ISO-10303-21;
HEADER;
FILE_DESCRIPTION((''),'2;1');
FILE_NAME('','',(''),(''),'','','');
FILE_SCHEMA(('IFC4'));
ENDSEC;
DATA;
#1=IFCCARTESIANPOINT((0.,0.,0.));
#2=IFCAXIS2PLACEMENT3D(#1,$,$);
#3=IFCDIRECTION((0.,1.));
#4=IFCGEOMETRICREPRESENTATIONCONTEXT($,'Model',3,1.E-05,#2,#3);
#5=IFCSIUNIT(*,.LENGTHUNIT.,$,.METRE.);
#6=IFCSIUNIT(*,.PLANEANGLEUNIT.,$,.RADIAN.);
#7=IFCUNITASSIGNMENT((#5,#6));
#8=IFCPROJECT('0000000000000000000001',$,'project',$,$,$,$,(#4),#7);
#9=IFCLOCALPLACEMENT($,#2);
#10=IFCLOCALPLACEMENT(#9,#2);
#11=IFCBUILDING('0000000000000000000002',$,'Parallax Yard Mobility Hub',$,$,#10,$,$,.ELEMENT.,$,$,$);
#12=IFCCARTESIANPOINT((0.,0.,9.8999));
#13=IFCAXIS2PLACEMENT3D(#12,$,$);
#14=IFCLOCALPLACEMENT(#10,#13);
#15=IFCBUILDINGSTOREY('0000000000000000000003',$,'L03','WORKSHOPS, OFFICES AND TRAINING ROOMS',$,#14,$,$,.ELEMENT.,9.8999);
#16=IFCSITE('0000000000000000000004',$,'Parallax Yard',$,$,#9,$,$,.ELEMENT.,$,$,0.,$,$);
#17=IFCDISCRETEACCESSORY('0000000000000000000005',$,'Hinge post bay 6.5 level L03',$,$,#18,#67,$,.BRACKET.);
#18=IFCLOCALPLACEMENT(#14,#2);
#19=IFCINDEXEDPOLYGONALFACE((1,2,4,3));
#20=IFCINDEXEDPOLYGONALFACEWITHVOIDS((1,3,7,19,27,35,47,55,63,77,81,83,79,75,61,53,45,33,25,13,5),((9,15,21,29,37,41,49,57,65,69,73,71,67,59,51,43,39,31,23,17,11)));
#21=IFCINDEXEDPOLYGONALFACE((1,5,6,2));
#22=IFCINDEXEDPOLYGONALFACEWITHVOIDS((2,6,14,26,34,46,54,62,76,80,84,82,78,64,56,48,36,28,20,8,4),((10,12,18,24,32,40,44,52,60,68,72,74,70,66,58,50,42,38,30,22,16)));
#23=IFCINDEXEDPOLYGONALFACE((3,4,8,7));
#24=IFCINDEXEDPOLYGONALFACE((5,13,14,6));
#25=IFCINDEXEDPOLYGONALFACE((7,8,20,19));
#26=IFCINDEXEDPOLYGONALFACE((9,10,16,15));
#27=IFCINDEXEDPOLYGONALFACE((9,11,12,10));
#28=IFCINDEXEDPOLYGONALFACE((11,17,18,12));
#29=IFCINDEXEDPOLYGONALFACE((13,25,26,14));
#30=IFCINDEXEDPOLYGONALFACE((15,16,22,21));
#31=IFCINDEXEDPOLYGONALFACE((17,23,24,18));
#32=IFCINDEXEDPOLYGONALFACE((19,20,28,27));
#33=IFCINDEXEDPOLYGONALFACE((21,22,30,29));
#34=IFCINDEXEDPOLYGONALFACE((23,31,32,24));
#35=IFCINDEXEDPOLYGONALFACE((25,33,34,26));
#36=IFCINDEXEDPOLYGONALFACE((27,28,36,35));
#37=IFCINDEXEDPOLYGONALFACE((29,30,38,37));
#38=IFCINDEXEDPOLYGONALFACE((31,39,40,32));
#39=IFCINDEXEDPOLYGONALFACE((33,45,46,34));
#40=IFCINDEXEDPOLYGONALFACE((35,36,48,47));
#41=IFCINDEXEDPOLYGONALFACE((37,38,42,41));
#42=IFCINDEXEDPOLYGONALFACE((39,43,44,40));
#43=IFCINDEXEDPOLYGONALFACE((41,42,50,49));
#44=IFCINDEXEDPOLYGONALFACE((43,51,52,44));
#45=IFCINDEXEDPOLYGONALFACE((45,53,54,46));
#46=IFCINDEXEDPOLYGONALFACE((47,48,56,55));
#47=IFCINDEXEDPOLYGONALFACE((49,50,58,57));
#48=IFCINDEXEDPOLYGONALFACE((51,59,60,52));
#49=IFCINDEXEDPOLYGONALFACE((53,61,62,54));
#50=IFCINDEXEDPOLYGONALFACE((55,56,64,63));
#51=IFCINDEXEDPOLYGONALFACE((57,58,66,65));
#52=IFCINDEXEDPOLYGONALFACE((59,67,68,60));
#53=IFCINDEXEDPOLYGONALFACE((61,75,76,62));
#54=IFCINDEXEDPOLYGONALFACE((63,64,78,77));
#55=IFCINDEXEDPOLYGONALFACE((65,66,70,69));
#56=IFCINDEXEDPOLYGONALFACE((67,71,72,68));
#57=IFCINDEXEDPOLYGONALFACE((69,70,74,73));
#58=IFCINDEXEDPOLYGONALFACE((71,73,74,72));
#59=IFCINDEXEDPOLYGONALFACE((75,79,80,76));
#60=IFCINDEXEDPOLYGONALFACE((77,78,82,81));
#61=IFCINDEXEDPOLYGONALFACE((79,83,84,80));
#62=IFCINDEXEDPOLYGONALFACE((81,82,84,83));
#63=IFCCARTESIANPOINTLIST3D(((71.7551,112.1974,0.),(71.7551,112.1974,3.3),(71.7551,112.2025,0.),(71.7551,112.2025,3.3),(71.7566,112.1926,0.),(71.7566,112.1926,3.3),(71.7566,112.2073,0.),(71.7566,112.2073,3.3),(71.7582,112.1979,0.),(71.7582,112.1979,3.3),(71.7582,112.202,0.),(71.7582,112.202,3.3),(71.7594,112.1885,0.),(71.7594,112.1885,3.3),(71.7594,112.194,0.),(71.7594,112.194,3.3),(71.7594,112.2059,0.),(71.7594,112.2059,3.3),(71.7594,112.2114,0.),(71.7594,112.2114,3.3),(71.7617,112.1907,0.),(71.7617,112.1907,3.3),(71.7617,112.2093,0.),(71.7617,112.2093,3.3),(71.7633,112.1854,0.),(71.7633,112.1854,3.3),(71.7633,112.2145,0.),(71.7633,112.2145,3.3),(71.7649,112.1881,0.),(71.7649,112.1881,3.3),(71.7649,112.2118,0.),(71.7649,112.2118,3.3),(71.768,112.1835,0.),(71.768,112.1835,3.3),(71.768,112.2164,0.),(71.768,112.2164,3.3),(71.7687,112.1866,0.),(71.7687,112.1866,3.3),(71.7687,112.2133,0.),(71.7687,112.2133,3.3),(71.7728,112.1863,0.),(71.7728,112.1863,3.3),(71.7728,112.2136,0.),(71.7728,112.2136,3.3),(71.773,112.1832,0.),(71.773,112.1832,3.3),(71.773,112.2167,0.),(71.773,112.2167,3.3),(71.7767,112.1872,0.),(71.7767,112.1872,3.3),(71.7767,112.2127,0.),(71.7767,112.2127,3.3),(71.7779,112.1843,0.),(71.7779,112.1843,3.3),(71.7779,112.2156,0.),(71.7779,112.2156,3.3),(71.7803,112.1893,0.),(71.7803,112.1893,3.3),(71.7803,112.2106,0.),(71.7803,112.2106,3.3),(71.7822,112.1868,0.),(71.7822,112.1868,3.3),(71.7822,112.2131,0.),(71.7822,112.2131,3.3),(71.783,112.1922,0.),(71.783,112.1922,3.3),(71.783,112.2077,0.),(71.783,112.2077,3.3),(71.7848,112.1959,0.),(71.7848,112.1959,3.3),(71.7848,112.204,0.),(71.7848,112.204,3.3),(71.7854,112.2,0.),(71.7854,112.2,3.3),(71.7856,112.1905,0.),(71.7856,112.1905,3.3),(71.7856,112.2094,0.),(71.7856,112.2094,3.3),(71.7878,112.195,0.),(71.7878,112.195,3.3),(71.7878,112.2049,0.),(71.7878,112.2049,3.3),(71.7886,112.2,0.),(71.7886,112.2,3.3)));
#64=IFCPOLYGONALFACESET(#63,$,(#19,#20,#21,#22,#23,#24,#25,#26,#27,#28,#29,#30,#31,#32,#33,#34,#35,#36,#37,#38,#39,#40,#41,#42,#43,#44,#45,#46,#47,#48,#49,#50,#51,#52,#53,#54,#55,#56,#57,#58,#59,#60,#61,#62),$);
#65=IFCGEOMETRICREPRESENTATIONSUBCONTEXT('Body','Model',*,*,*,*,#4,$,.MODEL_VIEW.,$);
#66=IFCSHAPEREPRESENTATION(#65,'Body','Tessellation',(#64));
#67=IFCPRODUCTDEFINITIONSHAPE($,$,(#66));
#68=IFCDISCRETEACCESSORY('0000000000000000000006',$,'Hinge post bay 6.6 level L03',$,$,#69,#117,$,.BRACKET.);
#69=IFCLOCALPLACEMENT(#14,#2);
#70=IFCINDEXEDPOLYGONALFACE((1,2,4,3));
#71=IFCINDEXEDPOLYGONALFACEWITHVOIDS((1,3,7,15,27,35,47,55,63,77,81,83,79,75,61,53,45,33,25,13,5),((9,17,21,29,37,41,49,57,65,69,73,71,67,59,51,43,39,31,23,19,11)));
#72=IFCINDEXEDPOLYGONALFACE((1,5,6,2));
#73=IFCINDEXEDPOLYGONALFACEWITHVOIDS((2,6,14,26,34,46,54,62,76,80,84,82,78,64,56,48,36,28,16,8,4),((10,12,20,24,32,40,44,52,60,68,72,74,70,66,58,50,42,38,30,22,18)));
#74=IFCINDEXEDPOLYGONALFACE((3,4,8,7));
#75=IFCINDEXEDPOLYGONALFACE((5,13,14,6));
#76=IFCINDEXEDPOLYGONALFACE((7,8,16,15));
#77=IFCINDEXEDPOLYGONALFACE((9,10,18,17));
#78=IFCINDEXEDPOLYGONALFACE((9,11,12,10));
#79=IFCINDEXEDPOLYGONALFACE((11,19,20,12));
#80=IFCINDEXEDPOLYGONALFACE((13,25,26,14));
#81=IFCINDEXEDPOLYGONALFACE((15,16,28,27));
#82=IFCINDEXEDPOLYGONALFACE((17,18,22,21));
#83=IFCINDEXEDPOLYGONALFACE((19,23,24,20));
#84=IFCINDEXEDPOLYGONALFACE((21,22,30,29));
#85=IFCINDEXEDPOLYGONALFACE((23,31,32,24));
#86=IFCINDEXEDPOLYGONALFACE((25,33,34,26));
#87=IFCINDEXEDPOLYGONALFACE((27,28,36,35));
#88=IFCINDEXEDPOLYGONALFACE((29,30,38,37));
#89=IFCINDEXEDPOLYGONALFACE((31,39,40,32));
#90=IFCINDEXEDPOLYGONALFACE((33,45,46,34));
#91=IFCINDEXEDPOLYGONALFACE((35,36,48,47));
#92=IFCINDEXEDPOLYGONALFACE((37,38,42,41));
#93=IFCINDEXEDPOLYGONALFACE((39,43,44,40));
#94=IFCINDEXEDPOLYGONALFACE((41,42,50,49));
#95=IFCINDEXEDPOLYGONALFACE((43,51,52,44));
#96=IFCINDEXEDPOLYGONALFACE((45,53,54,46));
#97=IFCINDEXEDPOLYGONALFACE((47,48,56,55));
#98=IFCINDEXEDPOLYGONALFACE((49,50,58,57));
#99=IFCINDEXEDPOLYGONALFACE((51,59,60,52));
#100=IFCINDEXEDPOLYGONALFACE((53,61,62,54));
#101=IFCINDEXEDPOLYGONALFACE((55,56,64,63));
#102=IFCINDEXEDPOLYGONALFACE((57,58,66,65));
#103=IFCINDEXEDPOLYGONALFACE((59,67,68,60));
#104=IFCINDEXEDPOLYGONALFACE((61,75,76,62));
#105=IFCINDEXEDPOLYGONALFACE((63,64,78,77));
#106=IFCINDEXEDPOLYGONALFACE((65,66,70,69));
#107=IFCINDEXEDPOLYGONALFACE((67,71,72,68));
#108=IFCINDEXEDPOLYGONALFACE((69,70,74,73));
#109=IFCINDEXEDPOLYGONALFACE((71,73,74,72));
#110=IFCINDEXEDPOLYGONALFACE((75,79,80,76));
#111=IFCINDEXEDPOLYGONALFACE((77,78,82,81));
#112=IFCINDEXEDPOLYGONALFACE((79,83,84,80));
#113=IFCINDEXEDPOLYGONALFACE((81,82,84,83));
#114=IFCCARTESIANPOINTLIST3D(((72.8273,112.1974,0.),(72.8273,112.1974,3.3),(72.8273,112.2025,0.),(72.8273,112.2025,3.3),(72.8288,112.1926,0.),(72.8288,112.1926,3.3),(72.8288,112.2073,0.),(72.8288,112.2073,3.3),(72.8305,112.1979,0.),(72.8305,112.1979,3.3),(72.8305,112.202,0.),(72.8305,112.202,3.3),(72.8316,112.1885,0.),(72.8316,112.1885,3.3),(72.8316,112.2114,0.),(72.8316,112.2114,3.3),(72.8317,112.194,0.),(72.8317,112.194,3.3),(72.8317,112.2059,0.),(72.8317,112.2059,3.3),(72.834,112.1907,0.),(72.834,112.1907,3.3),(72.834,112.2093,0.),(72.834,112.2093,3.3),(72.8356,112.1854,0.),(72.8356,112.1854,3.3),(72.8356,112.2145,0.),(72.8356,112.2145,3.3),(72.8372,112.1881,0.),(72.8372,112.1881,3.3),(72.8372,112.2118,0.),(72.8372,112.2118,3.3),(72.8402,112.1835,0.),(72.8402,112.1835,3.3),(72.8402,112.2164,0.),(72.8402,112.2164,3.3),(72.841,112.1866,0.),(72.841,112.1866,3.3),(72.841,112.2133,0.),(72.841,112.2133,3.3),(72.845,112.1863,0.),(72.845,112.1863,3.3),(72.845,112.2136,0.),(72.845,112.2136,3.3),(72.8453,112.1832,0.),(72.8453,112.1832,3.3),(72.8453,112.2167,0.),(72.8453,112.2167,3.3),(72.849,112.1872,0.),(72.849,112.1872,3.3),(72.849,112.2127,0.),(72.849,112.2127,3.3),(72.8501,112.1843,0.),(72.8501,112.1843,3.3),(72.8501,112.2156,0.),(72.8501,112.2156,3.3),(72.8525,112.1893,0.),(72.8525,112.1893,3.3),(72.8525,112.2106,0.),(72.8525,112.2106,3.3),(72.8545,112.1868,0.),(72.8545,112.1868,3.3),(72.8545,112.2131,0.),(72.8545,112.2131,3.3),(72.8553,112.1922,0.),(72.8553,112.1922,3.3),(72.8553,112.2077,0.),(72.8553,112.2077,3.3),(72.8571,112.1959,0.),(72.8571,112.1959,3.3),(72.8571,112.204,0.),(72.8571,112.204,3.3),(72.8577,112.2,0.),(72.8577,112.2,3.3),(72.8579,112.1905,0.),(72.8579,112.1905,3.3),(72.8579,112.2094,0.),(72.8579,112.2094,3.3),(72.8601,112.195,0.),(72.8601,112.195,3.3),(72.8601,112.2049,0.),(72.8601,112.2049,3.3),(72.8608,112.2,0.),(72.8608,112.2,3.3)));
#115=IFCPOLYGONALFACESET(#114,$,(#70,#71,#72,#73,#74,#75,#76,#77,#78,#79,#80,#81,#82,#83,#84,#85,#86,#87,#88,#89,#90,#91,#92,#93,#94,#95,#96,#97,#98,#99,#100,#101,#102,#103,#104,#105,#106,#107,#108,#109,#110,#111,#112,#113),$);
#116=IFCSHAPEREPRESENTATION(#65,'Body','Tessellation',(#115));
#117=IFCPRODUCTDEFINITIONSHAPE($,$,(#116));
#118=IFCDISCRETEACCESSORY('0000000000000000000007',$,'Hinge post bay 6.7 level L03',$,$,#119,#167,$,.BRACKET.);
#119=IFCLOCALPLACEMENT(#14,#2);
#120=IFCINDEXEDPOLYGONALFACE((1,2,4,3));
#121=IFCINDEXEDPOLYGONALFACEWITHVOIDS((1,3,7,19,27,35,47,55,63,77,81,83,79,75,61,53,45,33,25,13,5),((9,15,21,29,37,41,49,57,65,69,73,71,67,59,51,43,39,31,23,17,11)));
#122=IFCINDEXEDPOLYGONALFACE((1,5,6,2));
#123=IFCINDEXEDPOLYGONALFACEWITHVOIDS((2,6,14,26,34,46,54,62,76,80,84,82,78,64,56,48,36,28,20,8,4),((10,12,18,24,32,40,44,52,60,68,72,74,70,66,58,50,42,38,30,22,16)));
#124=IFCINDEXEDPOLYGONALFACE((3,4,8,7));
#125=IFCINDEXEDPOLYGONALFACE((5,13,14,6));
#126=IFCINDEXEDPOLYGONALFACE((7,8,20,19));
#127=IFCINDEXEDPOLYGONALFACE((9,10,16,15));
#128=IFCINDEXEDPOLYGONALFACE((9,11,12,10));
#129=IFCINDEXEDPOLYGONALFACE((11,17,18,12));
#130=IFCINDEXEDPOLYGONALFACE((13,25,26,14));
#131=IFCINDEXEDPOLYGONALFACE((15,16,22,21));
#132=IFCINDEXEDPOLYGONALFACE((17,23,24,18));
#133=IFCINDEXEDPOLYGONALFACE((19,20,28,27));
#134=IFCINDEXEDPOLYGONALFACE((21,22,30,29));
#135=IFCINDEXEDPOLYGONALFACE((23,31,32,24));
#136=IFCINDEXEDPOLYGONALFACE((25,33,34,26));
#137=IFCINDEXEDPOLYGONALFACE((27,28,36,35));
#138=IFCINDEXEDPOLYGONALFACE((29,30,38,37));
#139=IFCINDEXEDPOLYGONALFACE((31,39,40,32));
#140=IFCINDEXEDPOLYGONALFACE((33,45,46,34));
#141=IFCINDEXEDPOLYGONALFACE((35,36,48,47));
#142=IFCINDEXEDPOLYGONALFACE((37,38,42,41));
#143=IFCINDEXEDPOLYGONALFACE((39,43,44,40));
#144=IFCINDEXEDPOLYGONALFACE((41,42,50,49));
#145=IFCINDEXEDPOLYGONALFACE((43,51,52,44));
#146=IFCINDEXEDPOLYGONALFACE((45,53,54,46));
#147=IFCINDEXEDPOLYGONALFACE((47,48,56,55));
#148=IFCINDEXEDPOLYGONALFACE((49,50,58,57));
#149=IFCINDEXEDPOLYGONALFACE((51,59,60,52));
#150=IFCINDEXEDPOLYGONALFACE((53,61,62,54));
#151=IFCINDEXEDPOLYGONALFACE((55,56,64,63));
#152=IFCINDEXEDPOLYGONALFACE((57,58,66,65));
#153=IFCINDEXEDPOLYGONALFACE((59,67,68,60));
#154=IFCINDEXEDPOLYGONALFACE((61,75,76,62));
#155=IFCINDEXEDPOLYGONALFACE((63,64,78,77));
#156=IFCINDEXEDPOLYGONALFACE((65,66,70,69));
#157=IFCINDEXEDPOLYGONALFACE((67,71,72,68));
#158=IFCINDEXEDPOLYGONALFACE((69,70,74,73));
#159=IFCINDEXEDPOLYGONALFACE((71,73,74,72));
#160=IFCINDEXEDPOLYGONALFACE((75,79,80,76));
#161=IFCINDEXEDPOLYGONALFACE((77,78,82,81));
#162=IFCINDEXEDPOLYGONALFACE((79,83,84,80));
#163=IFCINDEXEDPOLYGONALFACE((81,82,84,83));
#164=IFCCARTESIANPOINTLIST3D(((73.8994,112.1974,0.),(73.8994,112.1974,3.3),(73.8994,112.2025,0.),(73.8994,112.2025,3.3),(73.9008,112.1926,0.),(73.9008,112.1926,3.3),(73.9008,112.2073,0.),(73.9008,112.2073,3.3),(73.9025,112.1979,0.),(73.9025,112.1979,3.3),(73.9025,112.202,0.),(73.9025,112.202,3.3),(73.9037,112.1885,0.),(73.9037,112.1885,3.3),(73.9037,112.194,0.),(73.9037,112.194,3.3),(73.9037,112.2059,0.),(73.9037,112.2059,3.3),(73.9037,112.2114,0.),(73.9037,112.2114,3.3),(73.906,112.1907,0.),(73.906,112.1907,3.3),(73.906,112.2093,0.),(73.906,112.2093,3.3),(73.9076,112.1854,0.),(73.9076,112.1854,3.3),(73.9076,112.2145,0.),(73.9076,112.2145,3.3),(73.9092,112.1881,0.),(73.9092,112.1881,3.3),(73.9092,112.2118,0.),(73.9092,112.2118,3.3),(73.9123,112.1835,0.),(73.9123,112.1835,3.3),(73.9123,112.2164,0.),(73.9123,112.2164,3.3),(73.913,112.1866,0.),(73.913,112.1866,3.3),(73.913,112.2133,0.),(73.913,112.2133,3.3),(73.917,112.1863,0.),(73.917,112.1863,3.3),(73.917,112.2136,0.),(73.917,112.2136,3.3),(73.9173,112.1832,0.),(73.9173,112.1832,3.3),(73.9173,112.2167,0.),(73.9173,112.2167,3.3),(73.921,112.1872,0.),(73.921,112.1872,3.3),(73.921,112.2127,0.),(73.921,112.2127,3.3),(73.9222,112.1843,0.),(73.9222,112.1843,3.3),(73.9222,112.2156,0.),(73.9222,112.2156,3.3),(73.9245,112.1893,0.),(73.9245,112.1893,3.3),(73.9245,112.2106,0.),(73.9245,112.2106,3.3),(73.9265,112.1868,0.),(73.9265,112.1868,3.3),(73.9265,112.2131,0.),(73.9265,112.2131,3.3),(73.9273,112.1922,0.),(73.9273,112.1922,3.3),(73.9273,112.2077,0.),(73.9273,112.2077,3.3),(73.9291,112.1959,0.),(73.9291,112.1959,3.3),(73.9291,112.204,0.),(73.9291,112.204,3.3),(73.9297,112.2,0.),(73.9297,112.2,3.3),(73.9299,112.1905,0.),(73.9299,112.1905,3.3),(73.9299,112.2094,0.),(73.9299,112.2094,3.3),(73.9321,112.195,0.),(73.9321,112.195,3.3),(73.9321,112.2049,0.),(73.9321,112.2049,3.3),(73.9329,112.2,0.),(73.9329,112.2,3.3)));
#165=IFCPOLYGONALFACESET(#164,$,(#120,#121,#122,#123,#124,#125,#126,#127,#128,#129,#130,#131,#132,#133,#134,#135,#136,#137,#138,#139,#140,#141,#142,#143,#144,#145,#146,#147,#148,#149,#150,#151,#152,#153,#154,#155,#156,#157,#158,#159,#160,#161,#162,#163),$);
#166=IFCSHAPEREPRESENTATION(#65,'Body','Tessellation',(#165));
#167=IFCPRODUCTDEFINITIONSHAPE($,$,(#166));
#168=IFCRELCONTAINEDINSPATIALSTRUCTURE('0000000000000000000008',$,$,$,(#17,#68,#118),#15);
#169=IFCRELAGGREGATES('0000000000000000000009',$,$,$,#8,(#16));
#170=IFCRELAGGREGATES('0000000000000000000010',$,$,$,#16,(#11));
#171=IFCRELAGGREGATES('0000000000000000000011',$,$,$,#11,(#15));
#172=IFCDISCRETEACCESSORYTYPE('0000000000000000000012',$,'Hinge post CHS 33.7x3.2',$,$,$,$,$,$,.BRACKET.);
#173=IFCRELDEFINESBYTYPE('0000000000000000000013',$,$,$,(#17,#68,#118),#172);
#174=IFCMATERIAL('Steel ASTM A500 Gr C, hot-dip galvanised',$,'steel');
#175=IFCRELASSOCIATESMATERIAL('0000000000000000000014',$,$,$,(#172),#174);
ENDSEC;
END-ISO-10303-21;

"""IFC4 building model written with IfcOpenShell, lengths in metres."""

from ifc_helpers import new_model, si_unit, direction, frame, origin, origin_2d, place, context, subcontext, project, spatial, hollow_circle, extrude, material, material_profile, profile_set, type_object, element, save


model = new_model("IFC4")

# Units and contexts
model_context = context("Model", 3, precision=1e-05, world=origin(), true_north=direction((0.0, 1.0)))
body_context = subcontext(model_context, "Body", "Model", "MODEL_VIEW")
ifc_project = project(units=[si_unit("LENGTHUNIT", "METRE"), si_unit("PLANEANGLEUNIT", "RADIAN")], contexts=[model_context])

# Site, building, storey
site_placement = place(None, origin())
site = spatial("IfcSite", under=ifc_project, at=site_placement, Name="Parallax Yard", CompositionType="ELEMENT", RefElevation=0.0)
building_placement = place(site_placement, origin())
building = spatial("IfcBuilding", under=site, at=building_placement, Name="Parallax Yard Mobility Hub", CompositionType="ELEMENT")
storey_placement = place(building_placement, frame((0.0, 0.0, 9.8999)))
storey = spatial("IfcBuildingStorey", under=building, at=storey_placement, Name="L03", Description="WORKSHOPS, OFFICES AND TRAINING ROOMS", CompositionType="ELEMENT", Elevation=9.8999)

# Discrete accessories
ifc_material_1 = material(Name="Steel ASTM A500 Gr C, hot-dip galvanised", Category="steel")
ifc_material_profile = material_profile(ifc_material_1, hollow_circle(Radius=0.0168, WallThickness=0.0032, at=origin_2d()), Name="CHS 33.7x3.2")
ifc_profile_set = profile_set([ifc_material_profile], Name="Steel ASTM A500 Gr C, hot-dip galvanised")
discrete_accessory_type_1 = type_object("IfcDiscreteAccessoryType", Name="Hinge post CHS 33.7x3.2", PredefinedType="BRACKET", material=ifc_profile_set)
for number, where, z_axis, x_axis, name in (
    (1, (71.7717, 112.2, 0.0), (0.0, 0.0, 1.0), (1.0, 0.0, 0.0), "Hinge post bay 6.5 level L03"),
    (2, (72.844, 112.2, 0.0), (0.0, 0.0, 1.0), (1.0, 0.0, 0.0), "Hinge post bay 6.6 level L03"),
    (3, (73.916, 112.2, 0.0), (0.0, 0.0, 1.0), (1.0, 0.0, 0.0), "Hinge post bay 6.7 level L03"),
):
    element("IfcDiscreteAccessory", number, at=place(storey_placement, frame(where, z_axis=z_axis, x_axis=x_axis)), inside=storey, type_object=discrete_accessory_type_1, Name=name, PredefinedType="BRACKET", context=body_context, shape_type="SweptSolid", body=[
        extrude(hollow_circle(Radius=0.0168, WallThickness=0.0032, at=origin_2d()), origin(), (0.0, 0.0, 1.0), 3.3),
    ])

save(model, "model.ifc")
